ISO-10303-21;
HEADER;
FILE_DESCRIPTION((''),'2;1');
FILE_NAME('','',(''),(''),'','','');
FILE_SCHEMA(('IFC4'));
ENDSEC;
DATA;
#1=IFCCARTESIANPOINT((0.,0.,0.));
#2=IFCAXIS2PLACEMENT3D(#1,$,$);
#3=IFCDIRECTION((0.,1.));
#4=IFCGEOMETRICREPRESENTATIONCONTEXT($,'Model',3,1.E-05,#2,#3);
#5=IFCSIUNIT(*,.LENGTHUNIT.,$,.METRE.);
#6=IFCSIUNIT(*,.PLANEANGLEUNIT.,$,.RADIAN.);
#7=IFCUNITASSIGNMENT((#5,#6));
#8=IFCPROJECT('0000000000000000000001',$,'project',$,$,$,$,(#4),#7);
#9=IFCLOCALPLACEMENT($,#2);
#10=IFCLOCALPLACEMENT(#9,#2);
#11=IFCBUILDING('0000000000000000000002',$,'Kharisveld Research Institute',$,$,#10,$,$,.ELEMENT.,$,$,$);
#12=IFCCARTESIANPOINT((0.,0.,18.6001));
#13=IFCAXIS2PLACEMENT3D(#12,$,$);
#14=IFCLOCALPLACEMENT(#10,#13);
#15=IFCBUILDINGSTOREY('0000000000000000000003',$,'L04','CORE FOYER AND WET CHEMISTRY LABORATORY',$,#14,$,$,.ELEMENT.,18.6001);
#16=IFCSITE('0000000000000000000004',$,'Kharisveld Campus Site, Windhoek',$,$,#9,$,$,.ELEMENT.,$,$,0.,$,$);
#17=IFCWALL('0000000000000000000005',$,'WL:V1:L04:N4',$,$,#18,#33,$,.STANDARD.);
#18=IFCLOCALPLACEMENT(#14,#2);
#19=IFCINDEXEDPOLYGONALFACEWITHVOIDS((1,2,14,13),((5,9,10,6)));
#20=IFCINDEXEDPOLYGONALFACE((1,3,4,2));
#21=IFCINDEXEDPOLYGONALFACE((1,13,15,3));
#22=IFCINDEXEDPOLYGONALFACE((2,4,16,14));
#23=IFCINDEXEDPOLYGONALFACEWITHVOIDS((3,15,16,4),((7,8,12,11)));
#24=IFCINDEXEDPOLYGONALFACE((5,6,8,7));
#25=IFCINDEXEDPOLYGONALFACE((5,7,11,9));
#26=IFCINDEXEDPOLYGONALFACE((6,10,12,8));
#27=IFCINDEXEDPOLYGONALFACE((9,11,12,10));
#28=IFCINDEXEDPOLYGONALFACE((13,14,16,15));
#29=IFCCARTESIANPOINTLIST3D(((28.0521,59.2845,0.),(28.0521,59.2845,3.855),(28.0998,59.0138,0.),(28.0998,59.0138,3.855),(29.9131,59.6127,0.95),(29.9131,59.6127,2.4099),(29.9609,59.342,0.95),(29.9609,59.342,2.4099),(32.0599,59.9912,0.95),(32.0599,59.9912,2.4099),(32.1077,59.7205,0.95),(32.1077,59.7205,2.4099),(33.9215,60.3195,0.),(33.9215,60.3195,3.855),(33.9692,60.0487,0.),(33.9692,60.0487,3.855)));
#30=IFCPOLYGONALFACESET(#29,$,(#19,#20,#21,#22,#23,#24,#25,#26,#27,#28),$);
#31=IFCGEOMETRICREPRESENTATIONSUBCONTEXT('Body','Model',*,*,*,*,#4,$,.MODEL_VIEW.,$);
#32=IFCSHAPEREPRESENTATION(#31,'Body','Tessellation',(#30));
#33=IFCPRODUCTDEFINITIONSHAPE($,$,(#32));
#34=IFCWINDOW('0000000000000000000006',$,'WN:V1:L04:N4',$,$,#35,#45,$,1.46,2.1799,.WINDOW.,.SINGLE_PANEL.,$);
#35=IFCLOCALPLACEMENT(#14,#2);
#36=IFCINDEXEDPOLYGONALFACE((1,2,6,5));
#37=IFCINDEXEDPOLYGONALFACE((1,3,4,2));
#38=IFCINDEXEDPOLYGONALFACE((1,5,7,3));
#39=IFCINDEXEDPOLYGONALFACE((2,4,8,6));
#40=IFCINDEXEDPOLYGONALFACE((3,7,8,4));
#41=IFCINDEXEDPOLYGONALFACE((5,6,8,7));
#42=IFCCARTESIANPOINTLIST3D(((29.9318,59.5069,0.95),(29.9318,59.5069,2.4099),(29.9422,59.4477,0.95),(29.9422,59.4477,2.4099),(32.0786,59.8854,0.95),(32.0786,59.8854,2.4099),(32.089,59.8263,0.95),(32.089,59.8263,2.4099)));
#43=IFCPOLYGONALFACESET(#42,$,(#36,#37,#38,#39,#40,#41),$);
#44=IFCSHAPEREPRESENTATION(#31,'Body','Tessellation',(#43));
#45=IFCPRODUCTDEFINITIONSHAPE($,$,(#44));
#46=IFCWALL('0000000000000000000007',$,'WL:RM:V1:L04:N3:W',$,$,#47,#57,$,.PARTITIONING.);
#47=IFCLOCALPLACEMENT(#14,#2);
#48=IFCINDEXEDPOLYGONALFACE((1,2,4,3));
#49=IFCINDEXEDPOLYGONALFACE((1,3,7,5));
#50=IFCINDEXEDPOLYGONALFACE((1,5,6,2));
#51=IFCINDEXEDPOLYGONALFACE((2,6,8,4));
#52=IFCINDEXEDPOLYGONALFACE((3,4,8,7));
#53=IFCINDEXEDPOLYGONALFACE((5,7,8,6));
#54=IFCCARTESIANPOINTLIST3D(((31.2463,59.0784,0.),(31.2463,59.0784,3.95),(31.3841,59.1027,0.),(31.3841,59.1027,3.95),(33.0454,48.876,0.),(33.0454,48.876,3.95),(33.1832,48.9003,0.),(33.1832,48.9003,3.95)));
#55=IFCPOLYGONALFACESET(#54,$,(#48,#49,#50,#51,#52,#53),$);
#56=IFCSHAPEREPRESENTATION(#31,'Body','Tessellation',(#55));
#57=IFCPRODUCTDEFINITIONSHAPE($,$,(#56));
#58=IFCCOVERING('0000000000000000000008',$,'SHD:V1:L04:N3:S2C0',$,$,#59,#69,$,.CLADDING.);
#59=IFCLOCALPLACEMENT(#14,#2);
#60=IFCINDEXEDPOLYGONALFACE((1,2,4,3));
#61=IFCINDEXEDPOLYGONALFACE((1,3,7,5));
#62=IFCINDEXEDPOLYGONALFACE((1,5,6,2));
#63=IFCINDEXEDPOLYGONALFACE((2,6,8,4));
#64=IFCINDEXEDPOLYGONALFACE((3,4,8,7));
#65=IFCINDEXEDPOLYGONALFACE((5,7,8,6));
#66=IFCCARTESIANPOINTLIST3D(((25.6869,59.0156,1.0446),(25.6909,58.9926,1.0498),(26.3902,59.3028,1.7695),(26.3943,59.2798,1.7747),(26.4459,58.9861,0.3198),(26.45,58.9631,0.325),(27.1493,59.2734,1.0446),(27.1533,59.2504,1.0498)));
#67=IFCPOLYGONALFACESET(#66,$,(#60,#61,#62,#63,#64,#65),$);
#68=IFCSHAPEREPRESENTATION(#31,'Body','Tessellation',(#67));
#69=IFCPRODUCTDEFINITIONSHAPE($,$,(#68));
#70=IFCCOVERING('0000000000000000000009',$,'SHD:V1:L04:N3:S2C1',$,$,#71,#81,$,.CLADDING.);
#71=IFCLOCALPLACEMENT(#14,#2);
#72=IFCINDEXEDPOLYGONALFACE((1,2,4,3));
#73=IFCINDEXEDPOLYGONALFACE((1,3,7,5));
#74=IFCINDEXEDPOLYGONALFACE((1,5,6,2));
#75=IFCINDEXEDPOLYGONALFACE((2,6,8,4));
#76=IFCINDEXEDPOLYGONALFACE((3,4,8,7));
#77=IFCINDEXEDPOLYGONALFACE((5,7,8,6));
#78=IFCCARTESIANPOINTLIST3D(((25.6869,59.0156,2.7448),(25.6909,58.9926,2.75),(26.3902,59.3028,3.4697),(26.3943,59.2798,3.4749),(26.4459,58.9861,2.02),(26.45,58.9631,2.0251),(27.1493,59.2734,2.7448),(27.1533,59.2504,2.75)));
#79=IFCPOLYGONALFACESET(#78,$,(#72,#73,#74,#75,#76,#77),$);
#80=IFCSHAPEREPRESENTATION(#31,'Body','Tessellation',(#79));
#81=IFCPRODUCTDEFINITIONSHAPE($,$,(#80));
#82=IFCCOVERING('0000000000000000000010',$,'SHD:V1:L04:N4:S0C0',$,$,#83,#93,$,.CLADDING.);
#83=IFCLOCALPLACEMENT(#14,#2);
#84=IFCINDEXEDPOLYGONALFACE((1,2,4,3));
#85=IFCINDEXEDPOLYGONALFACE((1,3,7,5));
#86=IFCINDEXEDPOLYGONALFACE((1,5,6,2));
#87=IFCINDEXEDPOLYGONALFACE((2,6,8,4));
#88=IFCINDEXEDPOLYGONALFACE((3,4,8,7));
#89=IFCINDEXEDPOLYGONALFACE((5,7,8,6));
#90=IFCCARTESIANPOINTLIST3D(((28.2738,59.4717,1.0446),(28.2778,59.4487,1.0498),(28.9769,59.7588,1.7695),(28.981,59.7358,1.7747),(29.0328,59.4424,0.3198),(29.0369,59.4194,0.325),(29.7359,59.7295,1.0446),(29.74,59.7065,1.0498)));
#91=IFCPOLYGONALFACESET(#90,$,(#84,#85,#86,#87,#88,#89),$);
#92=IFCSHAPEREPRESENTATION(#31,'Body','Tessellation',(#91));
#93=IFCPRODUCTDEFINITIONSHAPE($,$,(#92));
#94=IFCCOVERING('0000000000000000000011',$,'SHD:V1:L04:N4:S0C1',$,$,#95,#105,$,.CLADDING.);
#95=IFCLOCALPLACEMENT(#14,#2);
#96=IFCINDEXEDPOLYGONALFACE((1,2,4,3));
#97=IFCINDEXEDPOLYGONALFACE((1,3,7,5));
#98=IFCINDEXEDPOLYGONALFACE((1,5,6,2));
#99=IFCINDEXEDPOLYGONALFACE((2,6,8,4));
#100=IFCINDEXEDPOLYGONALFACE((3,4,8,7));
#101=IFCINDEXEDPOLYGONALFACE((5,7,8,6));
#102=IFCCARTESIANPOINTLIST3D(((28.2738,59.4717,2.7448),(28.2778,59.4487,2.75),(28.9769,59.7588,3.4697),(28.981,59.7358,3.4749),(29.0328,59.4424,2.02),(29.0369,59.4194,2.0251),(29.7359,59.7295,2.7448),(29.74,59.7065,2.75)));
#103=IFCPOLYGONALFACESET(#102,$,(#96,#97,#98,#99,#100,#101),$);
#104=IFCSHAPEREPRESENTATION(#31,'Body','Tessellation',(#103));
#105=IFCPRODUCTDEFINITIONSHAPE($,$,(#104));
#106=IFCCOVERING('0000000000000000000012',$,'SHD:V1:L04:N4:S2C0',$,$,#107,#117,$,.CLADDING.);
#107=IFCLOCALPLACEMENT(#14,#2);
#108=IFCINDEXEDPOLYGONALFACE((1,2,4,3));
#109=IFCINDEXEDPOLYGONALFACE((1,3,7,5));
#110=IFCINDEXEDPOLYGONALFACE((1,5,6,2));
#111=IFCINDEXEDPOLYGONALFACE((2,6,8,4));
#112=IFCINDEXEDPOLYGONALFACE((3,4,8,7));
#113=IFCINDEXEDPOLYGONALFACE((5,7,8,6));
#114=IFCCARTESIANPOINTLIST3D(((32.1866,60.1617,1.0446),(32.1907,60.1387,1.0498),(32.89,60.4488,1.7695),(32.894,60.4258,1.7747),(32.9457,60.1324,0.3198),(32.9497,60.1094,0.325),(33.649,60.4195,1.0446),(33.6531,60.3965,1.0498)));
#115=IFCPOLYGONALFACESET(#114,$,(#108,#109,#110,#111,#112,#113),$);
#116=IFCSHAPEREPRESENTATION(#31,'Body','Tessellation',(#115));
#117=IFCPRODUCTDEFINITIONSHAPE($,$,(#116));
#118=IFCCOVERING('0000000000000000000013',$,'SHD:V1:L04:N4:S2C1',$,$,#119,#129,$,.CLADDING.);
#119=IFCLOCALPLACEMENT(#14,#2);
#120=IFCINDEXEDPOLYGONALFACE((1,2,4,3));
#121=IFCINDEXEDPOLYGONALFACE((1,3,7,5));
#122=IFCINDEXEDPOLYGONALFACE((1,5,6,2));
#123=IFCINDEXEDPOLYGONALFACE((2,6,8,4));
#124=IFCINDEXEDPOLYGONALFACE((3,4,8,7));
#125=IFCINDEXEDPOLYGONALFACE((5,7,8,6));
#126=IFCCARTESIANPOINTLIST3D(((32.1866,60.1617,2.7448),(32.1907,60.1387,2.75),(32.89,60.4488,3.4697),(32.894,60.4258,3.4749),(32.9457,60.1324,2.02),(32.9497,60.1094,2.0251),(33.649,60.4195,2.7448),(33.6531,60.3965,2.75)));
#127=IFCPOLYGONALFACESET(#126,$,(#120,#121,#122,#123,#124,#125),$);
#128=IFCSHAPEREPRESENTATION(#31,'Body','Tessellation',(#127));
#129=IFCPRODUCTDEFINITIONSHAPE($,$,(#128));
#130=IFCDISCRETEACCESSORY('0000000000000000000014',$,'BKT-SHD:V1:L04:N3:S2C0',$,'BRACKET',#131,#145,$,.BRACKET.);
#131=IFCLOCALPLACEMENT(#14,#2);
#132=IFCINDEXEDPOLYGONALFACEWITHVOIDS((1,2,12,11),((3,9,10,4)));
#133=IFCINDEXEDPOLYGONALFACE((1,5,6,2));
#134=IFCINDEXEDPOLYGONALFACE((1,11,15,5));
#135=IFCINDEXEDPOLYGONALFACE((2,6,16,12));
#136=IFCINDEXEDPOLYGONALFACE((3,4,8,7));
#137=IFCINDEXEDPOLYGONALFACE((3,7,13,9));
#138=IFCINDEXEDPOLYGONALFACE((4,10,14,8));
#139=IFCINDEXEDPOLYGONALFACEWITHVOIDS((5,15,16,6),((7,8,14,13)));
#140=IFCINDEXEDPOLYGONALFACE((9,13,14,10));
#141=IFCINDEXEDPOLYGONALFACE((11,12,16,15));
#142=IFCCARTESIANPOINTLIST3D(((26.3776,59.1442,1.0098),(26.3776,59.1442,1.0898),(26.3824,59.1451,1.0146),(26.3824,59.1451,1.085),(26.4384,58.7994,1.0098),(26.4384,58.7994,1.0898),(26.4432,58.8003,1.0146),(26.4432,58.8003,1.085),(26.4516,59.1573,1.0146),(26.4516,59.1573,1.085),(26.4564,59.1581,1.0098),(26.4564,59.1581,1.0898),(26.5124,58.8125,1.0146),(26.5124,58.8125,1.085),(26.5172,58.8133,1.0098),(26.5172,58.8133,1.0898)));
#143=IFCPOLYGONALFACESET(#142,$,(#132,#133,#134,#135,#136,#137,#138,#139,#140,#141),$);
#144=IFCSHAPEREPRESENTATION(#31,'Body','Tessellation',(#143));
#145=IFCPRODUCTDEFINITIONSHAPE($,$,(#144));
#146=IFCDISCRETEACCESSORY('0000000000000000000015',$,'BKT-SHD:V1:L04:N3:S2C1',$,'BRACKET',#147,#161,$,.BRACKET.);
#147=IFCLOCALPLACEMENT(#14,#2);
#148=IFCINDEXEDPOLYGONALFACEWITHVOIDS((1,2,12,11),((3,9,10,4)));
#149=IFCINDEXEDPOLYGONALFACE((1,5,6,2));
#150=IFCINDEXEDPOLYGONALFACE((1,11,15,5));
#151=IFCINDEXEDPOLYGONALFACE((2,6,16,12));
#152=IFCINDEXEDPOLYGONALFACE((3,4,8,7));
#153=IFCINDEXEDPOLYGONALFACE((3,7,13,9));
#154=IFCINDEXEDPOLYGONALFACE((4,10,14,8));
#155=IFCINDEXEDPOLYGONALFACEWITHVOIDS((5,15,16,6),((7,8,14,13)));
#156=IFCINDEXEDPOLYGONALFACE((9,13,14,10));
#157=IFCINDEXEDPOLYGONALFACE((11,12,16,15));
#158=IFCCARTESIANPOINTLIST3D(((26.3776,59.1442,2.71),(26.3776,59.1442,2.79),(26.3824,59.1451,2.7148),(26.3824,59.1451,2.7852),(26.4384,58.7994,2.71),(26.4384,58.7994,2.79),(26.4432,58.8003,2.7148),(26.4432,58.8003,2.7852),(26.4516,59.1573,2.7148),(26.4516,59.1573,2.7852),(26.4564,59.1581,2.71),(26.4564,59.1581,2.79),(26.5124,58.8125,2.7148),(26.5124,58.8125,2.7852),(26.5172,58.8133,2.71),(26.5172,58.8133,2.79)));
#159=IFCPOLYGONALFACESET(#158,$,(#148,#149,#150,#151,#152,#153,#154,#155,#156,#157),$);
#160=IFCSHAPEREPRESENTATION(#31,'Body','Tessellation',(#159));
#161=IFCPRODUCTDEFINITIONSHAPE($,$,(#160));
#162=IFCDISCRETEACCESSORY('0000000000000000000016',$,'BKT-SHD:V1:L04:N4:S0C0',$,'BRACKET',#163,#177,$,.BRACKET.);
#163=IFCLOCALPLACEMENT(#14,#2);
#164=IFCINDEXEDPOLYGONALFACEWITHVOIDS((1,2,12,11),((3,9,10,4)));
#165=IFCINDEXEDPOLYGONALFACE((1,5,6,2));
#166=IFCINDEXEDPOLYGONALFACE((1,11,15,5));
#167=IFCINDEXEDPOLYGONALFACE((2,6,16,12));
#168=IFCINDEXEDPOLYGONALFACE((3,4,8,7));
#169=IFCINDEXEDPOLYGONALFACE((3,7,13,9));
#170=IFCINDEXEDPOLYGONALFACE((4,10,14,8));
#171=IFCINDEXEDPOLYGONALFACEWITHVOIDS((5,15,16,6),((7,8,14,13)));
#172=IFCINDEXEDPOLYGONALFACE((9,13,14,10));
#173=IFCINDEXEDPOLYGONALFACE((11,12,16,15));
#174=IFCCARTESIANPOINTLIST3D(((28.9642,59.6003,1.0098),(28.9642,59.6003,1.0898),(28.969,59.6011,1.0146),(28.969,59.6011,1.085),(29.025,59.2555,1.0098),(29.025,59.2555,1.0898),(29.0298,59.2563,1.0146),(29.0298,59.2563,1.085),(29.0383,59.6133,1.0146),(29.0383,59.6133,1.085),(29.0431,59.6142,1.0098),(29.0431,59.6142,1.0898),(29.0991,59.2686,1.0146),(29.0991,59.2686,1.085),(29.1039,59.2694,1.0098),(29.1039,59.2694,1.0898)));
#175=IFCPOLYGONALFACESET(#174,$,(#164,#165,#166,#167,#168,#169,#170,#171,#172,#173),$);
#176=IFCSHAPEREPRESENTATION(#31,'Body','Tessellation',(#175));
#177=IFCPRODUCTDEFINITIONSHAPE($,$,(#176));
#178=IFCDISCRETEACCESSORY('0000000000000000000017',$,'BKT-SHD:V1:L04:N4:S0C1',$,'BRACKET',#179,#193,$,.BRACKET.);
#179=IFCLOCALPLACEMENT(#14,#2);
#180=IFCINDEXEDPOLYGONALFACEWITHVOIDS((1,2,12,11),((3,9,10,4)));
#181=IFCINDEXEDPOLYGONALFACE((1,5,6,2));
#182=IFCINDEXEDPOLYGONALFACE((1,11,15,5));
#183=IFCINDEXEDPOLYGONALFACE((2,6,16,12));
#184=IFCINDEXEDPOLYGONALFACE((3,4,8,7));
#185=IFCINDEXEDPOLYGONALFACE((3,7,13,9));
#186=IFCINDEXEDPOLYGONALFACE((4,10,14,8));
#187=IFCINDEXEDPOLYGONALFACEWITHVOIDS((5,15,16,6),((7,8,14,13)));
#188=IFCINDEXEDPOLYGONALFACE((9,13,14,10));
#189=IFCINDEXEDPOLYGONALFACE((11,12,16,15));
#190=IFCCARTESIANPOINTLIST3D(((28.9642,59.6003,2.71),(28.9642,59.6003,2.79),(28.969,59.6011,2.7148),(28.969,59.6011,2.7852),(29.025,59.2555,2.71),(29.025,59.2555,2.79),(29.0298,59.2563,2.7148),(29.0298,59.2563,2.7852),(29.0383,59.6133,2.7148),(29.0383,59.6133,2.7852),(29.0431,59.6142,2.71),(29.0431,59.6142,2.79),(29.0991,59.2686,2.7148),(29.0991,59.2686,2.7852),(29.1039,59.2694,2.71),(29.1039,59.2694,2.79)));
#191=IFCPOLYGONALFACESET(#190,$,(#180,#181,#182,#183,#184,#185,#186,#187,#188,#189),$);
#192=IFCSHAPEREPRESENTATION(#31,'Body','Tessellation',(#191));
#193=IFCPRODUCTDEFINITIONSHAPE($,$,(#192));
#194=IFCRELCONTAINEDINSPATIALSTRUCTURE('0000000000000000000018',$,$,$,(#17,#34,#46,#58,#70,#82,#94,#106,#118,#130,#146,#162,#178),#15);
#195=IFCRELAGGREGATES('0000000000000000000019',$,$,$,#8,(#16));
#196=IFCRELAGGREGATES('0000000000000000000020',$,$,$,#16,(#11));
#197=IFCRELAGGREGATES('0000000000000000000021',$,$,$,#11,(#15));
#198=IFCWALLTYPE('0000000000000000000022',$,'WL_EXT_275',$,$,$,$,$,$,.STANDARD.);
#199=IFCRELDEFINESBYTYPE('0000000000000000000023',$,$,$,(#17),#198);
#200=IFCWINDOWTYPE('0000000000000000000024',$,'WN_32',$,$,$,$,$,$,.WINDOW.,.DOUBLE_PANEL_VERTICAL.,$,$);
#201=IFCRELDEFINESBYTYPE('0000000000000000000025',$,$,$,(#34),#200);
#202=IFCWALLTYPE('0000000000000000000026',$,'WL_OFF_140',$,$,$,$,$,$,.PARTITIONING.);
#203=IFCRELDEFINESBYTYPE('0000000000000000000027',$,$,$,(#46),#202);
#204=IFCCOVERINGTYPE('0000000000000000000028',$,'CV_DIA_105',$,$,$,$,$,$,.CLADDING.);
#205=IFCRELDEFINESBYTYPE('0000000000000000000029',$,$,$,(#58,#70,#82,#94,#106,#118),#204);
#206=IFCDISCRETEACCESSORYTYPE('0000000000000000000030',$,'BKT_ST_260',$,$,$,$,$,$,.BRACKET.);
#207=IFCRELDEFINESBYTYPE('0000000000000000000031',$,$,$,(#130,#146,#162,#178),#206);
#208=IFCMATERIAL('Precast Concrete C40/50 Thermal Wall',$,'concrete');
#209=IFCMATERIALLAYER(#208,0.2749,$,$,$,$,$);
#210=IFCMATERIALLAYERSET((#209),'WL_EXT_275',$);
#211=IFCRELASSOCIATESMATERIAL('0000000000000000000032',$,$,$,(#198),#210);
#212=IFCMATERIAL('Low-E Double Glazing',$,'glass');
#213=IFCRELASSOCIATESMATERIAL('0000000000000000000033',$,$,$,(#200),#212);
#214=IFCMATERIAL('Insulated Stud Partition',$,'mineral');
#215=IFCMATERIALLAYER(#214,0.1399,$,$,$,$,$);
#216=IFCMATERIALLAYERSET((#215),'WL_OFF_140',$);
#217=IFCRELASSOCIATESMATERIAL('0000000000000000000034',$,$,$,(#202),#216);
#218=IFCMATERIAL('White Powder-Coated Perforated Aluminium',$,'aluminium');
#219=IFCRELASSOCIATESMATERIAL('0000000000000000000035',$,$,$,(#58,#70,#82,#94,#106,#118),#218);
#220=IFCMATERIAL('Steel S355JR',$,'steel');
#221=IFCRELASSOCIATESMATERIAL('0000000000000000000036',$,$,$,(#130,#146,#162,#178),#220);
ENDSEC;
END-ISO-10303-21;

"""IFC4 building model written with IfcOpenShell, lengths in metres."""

from ifc_helpers import new_model, si_unit, direction, frame, frame_2d, origin, origin_2d, place, context, subcontext, project, spatial, polyline, rectangle, hollow_rectangle, outline, extrude, material, layer, layer_set, type_object, element, fill, save


model = new_model("IFC4")

# Units and contexts
model_context = context("Model", 3, precision=1e-05, world=origin(), true_north=direction((0.0, 1.0)))
body_context = subcontext(model_context, "Body", "Model", "MODEL_VIEW")
ifc_project = project(units=[si_unit("LENGTHUNIT", "METRE"), si_unit("PLANEANGLEUNIT", "RADIAN")], contexts=[model_context])

# Site, building, storey
site_placement = place(None, origin())
site = spatial("IfcSite", under=ifc_project, at=site_placement, Name="Kharisveld Campus Site, Windhoek", CompositionType="ELEMENT", RefElevation=0.0)
building_placement = place(site_placement, origin())
building = spatial("IfcBuilding", under=site, at=building_placement, Name="Kharisveld Research Institute", CompositionType="ELEMENT")
storey_placement = place(building_placement, frame((0.0, 0.0, 18.6001)))
storey = spatial("IfcBuildingStorey", under=building, at=storey_placement, Name="L04", Description="CORE FOYER AND WET CHEMISTRY LABORATORY", CompositionType="ELEMENT", Elevation=18.6001)

# Wall, opening, window
ifc_material_1 = material(Name="Precast Concrete C40/50 Thermal Wall", Category="concrete")
ifc_layer_1 = layer(ifc_material_1, 0.2749)
ifc_layer_set_1 = layer_set([ifc_layer_1], Name="WL_EXT_275")
wall_type_1 = type_object("IfcWallType", Name="WL_EXT_275", PredefinedType="STANDARD", material=ifc_layer_set_1)
wall_1_placement = place(storey_placement, frame((28.0759, 59.1492, 0.0), z_axis=(0.0, 0.0, 1.0), x_axis=(0.984808, 0.173645, 0.0)))
wall_1 = element("IfcWall", 1, at=wall_1_placement, inside=storey, type_object=wall_type_1, Name="WL:V1:L04:N4", PredefinedType="STANDARD", context=body_context, shape_type="SweptSolid", body=[
    extrude(rectangle(XDim=5.96, YDim=0.2749, at=frame_2d((2.98, 0.0))), origin(), (0.0, 0.0, 1.0), 3.855),
])
opening_placement = place(wall_1_placement, frame((1.8899, 0.0, 0.95)))
opening = element("IfcOpeningElement", 2, at=opening_placement, cuts=wall_1, PredefinedType="OPENING", context=body_context, shape_type="SweptSolid", body=[
    extrude(rectangle(XDim=2.1799, YDim=1.46, at=frame_2d((1.0898, 0.73))), frame((0.0, 0.1375, 0.0), z_axis=(0.0, -1.0, 0.0), x_axis=(1.0, 0.0, 0.0)), (0.0, 0.0, 1.0), 0.2749),
])
ifc_material_2 = material(Name="Low-E Double Glazing", Category="glass")
window_type = type_object("IfcWindowType", Name="WN_32", PartitioningType="DOUBLE_PANEL_VERTICAL", PredefinedType="WINDOW", material=ifc_material_2)
window_placement = place(opening_placement, origin())
window = element("IfcWindow", 3, at=window_placement, inside=storey, type_object=window_type, Name="WN:V1:L04:N4", OverallHeight=1.46, OverallWidth=2.1799, PartitioningType="SINGLE_PANEL", PredefinedType="WINDOW", context=body_context, shape_type="SweptSolid", body=[
    extrude(rectangle(XDim=2.1799, YDim=1.46, at=frame_2d((1.0898, 0.73))), frame((0.0, 0.03, 0.0), z_axis=(0.0, -1.0, 0.0), x_axis=(1.0, 0.0, 0.0)), (0.0, 0.0, 1.0), 0.0601),
])
fill(opening, window)

# Wall
ifc_material_3 = material(Name="Insulated Stud Partition", Category="mineral")
ifc_layer_2 = layer(ifc_material_3, 0.1399)
ifc_layer_set_2 = layer_set([ifc_layer_2], Name="WL_OFF_140")
wall_type_2 = type_object("IfcWallType", Name="WL_OFF_140", PredefinedType="PARTITIONING", material=ifc_layer_set_2)
wall_2_placement = place(storey_placement, frame((31.3152, 59.0906, 0.0), z_axis=(0.0, 0.0, 1.0), x_axis=(0.173659, -0.984806, 0.0)))
element("IfcWall", 4, at=wall_2_placement, inside=storey, type_object=wall_type_2, Name="WL:RM:V1:L04:N3:W", PredefinedType="PARTITIONING", context=body_context, shape_type="SweptSolid", body=[
    extrude(rectangle(XDim=10.3599, YDim=0.1399, at=frame_2d((5.1799, 0.0))), origin(), (0.0, 0.0, 1.0), 3.95),
])

# Coverings
ifc_material_4 = material(Name="White Powder-Coated Perforated Aluminium", Category="aluminium")
covering_type = type_object("IfcCoveringType", Name="CV_DIA_105", PredefinedType="CLADDING")
for number, where, z_axis, x_axis, name in (
    (5, (26.45, 58.9631, 0.325), (0.169498, -0.961453, 0.216512), (0.66983, 0.273536, 0.690294), "SHD:V1:L04:N3:S2C0"),
    (6, (26.45, 58.9631, 2.0251), (0.169498, -0.961453, 0.216512), (0.66983, 0.273536, 0.690294), "SHD:V1:L04:N3:S2C1"),
):
    element("IfcCovering", number, at=place(storey_placement, frame(where, z_axis=z_axis, x_axis=x_axis)), inside=storey, type_object=covering_type, material=ifc_material_4, Name=name, PredefinedType="CLADDING", context=body_context, shape_type="SweptSolid", body=[
        extrude(outline(polyline([(0.0, 0.0), (1.0501, 0.0), (1.0501, 1.05), (0.0, 1.05), (0.0, 0.0)])), origin(), (0.0, 0.0, -1.0), 0.0239),
    ])
for number, where, z_axis, x_axis, name in (
    (7, (29.0369, 59.4194, 0.325), (0.169531, -0.961476, 0.216385), (0.669725, 0.273471, 0.690421), "SHD:V1:L04:N4:S0C0"),
    (8, (29.0369, 59.4194, 2.0251), (0.169531, -0.961476, 0.216385), (0.669725, 0.273471, 0.690421), "SHD:V1:L04:N4:S0C1"),
):
    element("IfcCovering", number, at=place(storey_placement, frame(where, z_axis=z_axis, x_axis=x_axis)), inside=storey, type_object=covering_type, material=ifc_material_4, Name=name, PredefinedType="CLADDING", context=body_context, shape_type="SweptSolid", body=[
        extrude(outline(polyline([(0.0, 0.0), (1.0499, 0.0), (1.05, 1.05), (0.0001, 1.05), (0.0, 0.0)])), origin(), (0.0, 0.0, -1.0), 0.0239),
    ])
for number, where, z_axis, x_axis, name in (
    (9, (32.9497, 60.1094, 0.325), (0.169504, -0.961487, 0.216358), (0.669853, 0.273429, 0.690314), "SHD:V1:L04:N4:S2C0"),
    (10, (32.9497, 60.1094, 2.0251), (0.169504, -0.961487, 0.216358), (0.669853, 0.273429, 0.690314), "SHD:V1:L04:N4:S2C1"),
):
    element("IfcCovering", number, at=place(storey_placement, frame(where, z_axis=z_axis, x_axis=x_axis)), inside=storey, type_object=covering_type, material=ifc_material_4, Name=name, PredefinedType="CLADDING", context=body_context, shape_type="SweptSolid", body=[
        extrude(outline(polyline([(0.0, 0.0), (1.05, 0.0), (1.05, 1.05), (-0.0001, 1.05), (0.0, 0.0)])), origin(), (0.0, 0.0, -1.0), 0.0239),
    ])

# Discrete accessories
ifc_material_5 = material(Name="Steel S355JR", Category="steel")
discrete_accessory_type = type_object("IfcDiscreteAccessoryType", Name="BKT_ST_260", PredefinedType="BRACKET")
for number, where, z_axis, x_axis, name in (
    (11, (26.4778, 58.8064, 1.0498), (-0.173666, 0.984805, 0.0), (-0.984805, -0.173666, 0.0), "BKT-SHD:V1:L04:N3:S2C0"),
    (12, (26.4778, 58.8064, 2.75), (-0.173666, 0.984805, 0.0), (-0.984805, -0.173666, 0.0), "BKT-SHD:V1:L04:N3:S2C1"),
    (13, (29.0645, 59.2625, 1.0498), (-0.173666, 0.984805, 0.0), (-0.984805, -0.173666, 0.0), "BKT-SHD:V1:L04:N4:S0C0"),
    (14, (29.0645, 59.2625, 2.75), (-0.173666, 0.984805, 0.0), (-0.984805, -0.173666, 0.0), "BKT-SHD:V1:L04:N4:S0C1"),
):
    element("IfcDiscreteAccessory", number, at=place(storey_placement, frame(where, z_axis=z_axis, x_axis=x_axis)), inside=storey, type_object=discrete_accessory_type, material=ifc_material_5, Name=name, ObjectType="BRACKET", PredefinedType="BRACKET", context=body_context, shape_type="SweptSolid", body=[
        extrude(hollow_rectangle(XDim=0.0801, YDim=0.0801, WallThickness=0.0049, at=origin_2d()), origin(), (0.0, 0.0, 1.0), 0.3501),
    ])

save(model, "model.ifc")
